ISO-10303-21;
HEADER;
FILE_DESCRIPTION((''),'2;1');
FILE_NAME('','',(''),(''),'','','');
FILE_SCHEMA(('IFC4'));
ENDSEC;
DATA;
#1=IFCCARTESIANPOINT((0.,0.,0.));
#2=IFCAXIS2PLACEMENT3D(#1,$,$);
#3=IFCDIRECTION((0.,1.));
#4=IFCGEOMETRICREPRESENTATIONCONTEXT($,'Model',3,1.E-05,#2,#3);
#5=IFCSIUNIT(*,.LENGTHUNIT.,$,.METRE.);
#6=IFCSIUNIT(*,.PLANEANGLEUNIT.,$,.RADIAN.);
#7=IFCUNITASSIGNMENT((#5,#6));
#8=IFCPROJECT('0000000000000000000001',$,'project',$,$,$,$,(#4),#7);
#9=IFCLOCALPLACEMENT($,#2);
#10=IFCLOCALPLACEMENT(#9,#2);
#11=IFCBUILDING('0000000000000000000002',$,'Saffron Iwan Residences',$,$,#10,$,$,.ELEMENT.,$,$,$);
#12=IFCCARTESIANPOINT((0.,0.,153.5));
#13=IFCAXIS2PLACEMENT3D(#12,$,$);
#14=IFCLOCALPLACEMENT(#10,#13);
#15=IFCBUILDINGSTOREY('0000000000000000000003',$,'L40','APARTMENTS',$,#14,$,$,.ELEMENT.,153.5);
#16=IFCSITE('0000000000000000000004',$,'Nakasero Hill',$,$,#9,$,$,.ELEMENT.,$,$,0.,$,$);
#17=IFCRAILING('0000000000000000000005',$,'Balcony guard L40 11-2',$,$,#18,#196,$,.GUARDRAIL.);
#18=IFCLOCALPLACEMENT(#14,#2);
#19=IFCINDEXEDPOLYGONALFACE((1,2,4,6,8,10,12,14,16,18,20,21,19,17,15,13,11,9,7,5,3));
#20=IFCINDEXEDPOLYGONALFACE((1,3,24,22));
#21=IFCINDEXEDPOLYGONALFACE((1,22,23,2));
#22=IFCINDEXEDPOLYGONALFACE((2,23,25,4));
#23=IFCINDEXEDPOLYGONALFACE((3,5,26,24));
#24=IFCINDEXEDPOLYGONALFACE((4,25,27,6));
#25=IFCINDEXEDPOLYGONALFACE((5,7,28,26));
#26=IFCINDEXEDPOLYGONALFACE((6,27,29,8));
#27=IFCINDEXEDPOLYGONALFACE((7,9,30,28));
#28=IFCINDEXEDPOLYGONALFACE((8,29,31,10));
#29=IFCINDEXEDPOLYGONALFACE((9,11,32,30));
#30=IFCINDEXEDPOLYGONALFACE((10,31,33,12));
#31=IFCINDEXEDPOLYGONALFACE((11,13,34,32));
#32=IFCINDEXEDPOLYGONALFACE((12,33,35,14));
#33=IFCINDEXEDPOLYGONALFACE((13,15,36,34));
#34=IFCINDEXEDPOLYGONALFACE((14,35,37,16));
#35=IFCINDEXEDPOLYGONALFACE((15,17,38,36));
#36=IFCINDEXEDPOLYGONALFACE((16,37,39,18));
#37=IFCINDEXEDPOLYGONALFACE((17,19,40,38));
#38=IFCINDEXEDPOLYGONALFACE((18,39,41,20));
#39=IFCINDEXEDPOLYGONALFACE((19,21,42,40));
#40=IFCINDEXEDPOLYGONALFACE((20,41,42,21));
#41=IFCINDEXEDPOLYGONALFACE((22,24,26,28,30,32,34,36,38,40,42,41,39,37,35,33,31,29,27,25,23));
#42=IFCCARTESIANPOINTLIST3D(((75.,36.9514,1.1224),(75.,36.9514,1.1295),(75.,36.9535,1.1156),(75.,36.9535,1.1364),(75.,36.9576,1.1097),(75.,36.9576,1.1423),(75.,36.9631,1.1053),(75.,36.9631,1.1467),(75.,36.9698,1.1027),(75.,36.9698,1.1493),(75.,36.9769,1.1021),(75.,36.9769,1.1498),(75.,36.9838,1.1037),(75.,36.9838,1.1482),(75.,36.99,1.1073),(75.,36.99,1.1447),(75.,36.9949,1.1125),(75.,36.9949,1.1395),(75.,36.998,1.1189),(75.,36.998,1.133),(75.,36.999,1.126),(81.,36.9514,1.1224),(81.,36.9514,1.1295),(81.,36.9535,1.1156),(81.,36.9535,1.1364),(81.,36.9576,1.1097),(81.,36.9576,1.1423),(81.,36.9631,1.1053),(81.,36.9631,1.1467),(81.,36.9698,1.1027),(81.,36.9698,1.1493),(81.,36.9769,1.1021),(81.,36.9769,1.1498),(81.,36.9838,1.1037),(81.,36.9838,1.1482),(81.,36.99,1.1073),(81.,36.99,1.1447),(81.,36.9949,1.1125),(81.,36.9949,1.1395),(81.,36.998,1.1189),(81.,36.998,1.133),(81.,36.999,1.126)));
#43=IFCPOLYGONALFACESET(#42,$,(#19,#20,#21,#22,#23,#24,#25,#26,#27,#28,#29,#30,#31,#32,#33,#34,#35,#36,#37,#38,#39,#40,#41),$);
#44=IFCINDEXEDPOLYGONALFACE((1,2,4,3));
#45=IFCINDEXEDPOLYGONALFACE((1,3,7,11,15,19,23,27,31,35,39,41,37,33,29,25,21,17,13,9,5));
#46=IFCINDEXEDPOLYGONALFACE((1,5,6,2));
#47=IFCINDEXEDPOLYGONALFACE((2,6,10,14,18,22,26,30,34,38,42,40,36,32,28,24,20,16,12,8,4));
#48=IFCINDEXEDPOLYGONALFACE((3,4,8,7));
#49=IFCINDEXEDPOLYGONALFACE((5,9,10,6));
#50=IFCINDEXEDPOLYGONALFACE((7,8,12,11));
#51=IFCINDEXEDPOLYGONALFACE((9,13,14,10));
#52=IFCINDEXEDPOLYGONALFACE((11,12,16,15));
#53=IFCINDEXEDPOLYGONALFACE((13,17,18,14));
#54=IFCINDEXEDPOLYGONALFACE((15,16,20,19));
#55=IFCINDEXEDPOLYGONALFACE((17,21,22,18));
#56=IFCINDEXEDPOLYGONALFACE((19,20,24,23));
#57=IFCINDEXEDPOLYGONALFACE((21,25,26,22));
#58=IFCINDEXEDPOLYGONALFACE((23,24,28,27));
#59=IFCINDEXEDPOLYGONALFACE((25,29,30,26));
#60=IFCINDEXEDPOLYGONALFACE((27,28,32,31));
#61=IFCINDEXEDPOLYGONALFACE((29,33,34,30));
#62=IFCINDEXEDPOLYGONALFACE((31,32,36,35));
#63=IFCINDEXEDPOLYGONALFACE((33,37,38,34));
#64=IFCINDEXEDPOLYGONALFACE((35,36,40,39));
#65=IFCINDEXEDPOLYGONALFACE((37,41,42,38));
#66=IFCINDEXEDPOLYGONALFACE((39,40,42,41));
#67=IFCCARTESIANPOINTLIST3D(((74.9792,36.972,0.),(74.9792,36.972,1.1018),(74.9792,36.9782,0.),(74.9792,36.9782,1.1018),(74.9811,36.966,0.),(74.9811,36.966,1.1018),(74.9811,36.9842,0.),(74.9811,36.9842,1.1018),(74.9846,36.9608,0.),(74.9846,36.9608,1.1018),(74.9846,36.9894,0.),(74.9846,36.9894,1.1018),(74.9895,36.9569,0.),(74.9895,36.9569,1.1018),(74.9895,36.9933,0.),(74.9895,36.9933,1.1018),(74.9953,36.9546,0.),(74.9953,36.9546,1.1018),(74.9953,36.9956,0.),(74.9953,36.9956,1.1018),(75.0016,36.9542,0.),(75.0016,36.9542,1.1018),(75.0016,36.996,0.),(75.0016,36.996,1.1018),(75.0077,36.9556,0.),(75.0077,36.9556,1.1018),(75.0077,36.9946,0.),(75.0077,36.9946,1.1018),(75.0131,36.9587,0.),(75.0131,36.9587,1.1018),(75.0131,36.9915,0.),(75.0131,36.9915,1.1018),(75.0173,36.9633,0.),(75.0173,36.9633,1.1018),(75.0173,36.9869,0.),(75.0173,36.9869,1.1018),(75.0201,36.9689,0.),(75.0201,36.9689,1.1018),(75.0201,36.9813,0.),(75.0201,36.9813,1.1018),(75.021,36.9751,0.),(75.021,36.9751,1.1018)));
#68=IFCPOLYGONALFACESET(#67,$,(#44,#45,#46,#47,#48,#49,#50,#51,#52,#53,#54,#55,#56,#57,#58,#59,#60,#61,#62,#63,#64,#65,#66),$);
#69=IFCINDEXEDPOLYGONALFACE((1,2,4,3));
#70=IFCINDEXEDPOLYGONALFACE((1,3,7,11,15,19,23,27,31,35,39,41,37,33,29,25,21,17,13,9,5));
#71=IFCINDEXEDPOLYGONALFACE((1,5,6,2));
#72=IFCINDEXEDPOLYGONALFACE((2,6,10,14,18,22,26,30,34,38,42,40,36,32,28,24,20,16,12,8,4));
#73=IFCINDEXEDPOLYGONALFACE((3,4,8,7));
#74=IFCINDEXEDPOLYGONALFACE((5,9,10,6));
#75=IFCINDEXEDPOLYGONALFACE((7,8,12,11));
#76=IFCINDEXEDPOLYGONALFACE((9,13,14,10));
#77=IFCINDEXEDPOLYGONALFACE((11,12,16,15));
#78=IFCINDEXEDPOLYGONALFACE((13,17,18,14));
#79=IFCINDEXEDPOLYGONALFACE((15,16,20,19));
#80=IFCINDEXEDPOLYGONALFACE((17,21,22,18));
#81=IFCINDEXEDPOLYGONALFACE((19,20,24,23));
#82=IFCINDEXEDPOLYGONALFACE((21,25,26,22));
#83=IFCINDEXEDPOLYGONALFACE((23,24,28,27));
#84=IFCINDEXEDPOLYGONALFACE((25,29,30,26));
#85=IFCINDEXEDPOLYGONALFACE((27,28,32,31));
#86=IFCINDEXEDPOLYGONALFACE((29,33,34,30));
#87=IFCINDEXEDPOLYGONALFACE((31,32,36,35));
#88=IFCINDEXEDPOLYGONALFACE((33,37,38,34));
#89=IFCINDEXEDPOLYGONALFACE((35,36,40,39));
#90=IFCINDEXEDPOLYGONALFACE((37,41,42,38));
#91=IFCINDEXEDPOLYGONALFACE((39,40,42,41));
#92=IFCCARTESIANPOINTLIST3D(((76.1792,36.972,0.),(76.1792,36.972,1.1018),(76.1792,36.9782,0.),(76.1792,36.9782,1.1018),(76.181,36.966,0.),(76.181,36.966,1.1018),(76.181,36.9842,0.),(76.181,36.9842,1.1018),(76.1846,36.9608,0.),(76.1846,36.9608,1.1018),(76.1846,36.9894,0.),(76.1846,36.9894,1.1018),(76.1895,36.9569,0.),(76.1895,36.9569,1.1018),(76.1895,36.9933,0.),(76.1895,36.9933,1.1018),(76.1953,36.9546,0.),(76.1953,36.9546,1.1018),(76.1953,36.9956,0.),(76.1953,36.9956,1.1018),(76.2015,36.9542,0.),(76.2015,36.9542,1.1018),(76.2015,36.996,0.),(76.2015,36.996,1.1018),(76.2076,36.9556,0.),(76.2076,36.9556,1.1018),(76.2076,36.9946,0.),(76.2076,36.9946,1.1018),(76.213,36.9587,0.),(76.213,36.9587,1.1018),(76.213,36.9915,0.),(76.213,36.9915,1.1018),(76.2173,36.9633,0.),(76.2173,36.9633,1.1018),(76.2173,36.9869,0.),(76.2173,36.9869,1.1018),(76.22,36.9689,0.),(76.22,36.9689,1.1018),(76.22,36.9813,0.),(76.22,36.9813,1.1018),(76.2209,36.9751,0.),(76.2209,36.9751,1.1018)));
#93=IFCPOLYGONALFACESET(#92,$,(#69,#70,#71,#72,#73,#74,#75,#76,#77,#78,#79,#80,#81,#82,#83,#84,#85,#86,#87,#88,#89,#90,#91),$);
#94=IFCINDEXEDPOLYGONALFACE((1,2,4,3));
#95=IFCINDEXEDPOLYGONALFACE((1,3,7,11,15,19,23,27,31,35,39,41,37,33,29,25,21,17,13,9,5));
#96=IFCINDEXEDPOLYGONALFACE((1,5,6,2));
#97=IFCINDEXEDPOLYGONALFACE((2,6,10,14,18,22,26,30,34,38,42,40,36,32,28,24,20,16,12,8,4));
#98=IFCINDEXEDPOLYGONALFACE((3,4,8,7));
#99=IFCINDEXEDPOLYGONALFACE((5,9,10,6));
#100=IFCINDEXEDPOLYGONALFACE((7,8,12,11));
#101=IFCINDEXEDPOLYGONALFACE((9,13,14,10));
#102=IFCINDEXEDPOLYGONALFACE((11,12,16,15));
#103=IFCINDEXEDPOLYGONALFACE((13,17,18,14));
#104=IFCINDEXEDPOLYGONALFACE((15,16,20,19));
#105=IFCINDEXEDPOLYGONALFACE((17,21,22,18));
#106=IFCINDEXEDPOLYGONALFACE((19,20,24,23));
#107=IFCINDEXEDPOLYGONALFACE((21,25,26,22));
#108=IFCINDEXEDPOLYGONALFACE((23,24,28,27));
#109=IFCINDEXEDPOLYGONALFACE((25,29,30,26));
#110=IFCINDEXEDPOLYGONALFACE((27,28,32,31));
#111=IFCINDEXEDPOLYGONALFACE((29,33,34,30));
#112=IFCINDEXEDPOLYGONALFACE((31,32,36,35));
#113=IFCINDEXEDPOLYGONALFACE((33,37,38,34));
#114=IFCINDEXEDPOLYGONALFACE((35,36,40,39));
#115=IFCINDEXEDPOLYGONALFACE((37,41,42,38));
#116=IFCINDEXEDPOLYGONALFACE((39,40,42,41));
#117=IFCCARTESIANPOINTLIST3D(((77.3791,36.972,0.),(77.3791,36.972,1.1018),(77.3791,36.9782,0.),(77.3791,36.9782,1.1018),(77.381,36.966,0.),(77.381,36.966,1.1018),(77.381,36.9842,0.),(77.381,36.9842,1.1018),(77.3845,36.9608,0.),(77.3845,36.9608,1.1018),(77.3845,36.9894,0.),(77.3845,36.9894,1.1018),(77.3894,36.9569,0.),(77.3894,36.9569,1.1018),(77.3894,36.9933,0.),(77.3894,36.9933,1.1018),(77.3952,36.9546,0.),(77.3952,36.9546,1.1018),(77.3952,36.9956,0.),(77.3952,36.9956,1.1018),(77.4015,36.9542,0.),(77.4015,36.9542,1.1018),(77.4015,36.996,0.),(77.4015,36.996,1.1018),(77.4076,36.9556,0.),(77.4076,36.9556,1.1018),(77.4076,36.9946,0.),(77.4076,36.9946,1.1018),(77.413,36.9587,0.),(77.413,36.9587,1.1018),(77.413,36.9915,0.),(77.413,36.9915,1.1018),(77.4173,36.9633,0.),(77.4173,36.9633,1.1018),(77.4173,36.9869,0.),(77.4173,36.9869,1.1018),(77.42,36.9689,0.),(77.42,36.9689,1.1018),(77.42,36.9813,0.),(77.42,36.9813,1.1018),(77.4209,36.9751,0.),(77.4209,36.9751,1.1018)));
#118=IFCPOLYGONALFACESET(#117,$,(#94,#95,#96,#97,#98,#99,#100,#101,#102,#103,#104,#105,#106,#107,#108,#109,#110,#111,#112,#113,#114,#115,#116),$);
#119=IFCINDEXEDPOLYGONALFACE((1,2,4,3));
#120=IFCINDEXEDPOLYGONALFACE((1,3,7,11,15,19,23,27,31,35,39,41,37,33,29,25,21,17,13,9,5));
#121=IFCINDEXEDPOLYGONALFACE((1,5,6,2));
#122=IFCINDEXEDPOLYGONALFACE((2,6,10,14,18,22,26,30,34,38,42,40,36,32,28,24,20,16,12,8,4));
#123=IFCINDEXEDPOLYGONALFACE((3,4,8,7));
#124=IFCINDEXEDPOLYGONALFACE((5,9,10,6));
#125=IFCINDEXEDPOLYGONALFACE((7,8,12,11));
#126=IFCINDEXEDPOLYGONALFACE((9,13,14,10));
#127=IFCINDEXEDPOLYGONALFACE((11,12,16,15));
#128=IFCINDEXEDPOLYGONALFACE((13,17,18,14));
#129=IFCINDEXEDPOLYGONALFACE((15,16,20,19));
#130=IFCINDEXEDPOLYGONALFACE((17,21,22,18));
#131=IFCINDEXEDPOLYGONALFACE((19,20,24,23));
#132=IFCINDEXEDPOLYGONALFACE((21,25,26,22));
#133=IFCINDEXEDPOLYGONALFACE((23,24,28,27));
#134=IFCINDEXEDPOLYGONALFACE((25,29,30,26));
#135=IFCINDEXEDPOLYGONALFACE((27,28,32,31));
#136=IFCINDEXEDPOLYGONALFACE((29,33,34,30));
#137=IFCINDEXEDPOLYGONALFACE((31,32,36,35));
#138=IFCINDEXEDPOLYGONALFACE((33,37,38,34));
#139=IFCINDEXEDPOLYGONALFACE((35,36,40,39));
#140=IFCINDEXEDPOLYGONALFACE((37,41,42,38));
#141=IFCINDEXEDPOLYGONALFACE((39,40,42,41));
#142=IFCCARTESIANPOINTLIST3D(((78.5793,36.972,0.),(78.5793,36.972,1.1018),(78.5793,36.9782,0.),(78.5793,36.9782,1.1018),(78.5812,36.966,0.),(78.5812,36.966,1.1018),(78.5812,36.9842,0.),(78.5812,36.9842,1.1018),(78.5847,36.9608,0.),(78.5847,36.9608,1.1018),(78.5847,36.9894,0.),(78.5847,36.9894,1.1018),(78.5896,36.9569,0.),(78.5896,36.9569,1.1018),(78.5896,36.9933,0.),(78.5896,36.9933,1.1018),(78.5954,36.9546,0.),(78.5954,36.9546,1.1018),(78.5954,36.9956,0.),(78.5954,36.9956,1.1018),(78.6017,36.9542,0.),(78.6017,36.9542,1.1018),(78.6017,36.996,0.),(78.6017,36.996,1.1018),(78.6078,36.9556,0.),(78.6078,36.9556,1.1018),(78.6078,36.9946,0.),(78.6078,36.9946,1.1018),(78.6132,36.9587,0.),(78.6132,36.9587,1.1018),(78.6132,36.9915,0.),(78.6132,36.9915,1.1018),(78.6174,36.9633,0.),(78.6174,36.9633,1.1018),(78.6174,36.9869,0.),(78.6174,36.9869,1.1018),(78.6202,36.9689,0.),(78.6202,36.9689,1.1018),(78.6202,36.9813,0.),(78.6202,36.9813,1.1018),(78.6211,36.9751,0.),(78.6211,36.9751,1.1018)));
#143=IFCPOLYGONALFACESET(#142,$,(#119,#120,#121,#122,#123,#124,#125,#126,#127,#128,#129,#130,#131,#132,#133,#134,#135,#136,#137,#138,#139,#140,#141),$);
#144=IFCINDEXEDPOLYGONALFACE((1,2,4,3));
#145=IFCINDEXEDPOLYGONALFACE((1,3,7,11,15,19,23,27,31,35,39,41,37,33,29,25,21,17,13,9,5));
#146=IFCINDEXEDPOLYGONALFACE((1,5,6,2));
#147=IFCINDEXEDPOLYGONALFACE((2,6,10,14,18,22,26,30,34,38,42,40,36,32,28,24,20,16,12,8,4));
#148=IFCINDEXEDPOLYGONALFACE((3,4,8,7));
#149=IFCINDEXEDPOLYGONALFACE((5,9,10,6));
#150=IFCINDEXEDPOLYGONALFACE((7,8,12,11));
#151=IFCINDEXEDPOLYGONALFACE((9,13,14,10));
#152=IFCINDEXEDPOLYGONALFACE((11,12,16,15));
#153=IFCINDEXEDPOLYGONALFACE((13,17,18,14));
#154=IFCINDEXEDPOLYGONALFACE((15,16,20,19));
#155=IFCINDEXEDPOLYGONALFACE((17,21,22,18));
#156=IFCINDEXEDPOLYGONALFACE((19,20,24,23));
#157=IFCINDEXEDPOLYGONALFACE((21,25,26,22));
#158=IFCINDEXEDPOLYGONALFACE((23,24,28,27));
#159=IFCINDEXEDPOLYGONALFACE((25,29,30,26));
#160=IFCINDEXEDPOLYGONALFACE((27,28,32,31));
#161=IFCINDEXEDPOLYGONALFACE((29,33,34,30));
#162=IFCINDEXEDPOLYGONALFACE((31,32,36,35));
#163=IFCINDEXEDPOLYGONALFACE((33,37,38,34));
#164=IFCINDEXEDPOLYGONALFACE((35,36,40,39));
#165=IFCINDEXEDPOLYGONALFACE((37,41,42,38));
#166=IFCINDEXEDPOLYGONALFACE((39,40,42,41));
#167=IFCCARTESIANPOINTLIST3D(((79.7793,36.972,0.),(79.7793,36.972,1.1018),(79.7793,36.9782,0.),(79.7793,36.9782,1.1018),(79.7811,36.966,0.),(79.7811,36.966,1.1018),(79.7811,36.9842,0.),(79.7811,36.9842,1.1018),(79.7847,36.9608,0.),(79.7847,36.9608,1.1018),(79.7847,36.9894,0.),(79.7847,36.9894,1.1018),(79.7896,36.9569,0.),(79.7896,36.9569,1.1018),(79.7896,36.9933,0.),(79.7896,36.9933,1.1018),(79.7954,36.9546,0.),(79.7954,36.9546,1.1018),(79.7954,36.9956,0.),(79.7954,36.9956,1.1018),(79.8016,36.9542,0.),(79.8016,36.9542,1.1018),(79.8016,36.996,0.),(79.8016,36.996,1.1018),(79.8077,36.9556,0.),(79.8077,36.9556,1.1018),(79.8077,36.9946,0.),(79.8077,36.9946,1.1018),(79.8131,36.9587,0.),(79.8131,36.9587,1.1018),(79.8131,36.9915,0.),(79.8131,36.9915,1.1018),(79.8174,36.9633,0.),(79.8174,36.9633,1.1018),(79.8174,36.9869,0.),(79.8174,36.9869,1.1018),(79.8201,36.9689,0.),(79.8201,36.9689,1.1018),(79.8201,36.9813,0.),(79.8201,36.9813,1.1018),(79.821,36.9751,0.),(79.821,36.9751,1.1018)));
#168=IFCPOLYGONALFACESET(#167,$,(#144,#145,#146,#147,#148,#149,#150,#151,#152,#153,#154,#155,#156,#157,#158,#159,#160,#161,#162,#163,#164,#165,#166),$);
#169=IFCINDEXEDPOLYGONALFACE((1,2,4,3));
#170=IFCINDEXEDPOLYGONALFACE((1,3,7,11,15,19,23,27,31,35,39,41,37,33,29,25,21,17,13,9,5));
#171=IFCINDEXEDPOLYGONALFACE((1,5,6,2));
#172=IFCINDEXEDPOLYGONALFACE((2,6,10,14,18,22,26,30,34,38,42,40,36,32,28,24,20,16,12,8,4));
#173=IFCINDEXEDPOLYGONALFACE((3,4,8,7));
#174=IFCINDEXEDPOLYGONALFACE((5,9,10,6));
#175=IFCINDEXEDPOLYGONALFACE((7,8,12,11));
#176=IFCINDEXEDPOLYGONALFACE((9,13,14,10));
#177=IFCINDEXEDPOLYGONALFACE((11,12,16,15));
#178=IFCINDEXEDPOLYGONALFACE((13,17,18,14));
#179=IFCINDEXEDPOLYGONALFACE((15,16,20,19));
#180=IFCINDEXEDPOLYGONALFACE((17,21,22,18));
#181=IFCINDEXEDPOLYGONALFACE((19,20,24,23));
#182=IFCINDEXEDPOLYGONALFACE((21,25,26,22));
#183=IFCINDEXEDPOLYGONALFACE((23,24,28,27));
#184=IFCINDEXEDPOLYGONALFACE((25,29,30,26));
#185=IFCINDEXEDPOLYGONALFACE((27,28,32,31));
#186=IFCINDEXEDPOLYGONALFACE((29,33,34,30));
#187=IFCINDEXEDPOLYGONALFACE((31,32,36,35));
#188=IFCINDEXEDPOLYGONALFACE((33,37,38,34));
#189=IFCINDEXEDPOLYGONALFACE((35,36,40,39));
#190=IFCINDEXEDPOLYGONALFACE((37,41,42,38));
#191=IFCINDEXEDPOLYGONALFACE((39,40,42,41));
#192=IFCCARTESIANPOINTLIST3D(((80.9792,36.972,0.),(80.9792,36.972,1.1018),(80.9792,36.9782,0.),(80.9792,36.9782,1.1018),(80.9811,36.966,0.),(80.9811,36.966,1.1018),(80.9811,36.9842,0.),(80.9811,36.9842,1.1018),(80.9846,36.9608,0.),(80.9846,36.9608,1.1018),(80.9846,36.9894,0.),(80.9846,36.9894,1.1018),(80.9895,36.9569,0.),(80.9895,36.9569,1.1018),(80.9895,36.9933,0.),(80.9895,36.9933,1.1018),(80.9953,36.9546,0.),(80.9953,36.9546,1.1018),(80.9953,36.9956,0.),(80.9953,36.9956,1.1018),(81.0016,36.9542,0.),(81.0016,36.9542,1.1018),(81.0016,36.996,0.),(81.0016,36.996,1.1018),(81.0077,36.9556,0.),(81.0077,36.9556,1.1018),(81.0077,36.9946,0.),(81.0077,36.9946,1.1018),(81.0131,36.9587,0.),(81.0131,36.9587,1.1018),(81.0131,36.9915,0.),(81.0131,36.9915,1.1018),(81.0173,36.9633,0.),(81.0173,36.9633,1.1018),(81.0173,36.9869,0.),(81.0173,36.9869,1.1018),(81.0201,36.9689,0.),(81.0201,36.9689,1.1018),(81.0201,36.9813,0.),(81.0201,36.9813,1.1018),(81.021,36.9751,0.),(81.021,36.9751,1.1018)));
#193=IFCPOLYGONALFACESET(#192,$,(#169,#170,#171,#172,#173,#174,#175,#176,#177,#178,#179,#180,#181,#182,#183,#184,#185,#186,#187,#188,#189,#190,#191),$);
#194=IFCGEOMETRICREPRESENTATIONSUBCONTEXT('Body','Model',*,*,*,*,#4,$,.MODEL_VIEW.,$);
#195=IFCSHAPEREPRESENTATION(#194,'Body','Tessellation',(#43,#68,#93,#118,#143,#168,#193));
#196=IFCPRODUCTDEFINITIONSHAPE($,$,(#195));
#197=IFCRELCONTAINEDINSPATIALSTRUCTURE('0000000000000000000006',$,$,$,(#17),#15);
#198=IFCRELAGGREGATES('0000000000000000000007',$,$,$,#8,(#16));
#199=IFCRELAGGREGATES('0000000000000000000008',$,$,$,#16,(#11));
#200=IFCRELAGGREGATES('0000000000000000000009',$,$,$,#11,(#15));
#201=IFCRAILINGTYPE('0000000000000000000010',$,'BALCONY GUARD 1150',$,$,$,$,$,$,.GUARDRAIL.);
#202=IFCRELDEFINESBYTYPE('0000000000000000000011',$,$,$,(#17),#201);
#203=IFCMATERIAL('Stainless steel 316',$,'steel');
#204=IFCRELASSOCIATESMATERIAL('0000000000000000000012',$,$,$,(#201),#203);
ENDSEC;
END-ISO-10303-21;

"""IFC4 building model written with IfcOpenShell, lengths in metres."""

from ifc_helpers import new_model, si_unit, direction, frame, origin, origin_2d, place, context, subcontext, project, spatial, circle, extrude, material, type_object, element, save


model = new_model("IFC4")

# Units and contexts
model_context = context("Model", 3, precision=1e-05, world=origin(), true_north=direction((0.0, 1.0)))
body_context = subcontext(model_context, "Body", "Model", "MODEL_VIEW")
ifc_project = project(units=[si_unit("LENGTHUNIT", "METRE"), si_unit("PLANEANGLEUNIT", "RADIAN")], contexts=[model_context])

# Site, building, storey
site_placement = place(None, origin())
site = spatial("IfcSite", under=ifc_project, at=site_placement, Name="Nakasero Hill", CompositionType="ELEMENT", RefElevation=0.0)
building_placement = place(site_placement, origin())
building = spatial("IfcBuilding", under=site, at=building_placement, Name="Saffron Iwan Residences", CompositionType="ELEMENT")
storey_placement = place(building_placement, frame((0.0, 0.0, 153.5)))
storey = spatial("IfcBuildingStorey", under=building, at=storey_placement, Name="L40", Description="APARTMENTS", CompositionType="ELEMENT", Elevation=153.5)

# Railing
ifc_material_1 = material(Name="Stainless steel 316", Category="steel")
railing_type = type_object("IfcRailingType", Name="BALCONY GUARD 1150", PredefinedType="GUARDRAIL", material=ifc_material_1)
railing_placement = place(storey_placement, frame((75.0, 36.9751, 0.0)))
element("IfcRailing", 1, at=railing_placement, inside=storey, type_object=railing_type, Name="Balcony guard L40 11-2", PredefinedType="GUARDRAIL", context=body_context, shape_type="SweptSolid", body=[
    extrude(circle(Radius=0.0239, at=origin_2d()), frame((0.0, 0.0, 1.126), z_axis=(1.0, 0.0, 0.0), x_axis=(0.0, 1.0, 0.0)), (0.0, 0.0, 1.0), 6.0),
    extrude(circle(Radius=0.021, at=origin_2d()), origin(), (0.0, 0.0, 1.0), 1.1018),
    extrude(circle(Radius=0.021, at=origin_2d()), frame((1.2, 0.0, 0.0)), (0.0, 0.0, 1.0), 1.1018),
    extrude(circle(Radius=0.021, at=origin_2d()), frame((2.3999, 0.0, 0.0)), (0.0, 0.0, 1.0), 1.1018),
    extrude(circle(Radius=0.021, at=origin_2d()), frame((3.6001, 0.0, 0.0)), (0.0, 0.0, 1.0), 1.1018),
    extrude(circle(Radius=0.021, at=origin_2d()), frame((4.8, 0.0, 0.0)), (0.0, 0.0, 1.0), 1.1018),
    extrude(circle(Radius=0.021, at=origin_2d()), frame((6.0, 0.0, 0.0)), (0.0, 0.0, 1.0), 1.1018),
])

save(model, "model.ifc")
